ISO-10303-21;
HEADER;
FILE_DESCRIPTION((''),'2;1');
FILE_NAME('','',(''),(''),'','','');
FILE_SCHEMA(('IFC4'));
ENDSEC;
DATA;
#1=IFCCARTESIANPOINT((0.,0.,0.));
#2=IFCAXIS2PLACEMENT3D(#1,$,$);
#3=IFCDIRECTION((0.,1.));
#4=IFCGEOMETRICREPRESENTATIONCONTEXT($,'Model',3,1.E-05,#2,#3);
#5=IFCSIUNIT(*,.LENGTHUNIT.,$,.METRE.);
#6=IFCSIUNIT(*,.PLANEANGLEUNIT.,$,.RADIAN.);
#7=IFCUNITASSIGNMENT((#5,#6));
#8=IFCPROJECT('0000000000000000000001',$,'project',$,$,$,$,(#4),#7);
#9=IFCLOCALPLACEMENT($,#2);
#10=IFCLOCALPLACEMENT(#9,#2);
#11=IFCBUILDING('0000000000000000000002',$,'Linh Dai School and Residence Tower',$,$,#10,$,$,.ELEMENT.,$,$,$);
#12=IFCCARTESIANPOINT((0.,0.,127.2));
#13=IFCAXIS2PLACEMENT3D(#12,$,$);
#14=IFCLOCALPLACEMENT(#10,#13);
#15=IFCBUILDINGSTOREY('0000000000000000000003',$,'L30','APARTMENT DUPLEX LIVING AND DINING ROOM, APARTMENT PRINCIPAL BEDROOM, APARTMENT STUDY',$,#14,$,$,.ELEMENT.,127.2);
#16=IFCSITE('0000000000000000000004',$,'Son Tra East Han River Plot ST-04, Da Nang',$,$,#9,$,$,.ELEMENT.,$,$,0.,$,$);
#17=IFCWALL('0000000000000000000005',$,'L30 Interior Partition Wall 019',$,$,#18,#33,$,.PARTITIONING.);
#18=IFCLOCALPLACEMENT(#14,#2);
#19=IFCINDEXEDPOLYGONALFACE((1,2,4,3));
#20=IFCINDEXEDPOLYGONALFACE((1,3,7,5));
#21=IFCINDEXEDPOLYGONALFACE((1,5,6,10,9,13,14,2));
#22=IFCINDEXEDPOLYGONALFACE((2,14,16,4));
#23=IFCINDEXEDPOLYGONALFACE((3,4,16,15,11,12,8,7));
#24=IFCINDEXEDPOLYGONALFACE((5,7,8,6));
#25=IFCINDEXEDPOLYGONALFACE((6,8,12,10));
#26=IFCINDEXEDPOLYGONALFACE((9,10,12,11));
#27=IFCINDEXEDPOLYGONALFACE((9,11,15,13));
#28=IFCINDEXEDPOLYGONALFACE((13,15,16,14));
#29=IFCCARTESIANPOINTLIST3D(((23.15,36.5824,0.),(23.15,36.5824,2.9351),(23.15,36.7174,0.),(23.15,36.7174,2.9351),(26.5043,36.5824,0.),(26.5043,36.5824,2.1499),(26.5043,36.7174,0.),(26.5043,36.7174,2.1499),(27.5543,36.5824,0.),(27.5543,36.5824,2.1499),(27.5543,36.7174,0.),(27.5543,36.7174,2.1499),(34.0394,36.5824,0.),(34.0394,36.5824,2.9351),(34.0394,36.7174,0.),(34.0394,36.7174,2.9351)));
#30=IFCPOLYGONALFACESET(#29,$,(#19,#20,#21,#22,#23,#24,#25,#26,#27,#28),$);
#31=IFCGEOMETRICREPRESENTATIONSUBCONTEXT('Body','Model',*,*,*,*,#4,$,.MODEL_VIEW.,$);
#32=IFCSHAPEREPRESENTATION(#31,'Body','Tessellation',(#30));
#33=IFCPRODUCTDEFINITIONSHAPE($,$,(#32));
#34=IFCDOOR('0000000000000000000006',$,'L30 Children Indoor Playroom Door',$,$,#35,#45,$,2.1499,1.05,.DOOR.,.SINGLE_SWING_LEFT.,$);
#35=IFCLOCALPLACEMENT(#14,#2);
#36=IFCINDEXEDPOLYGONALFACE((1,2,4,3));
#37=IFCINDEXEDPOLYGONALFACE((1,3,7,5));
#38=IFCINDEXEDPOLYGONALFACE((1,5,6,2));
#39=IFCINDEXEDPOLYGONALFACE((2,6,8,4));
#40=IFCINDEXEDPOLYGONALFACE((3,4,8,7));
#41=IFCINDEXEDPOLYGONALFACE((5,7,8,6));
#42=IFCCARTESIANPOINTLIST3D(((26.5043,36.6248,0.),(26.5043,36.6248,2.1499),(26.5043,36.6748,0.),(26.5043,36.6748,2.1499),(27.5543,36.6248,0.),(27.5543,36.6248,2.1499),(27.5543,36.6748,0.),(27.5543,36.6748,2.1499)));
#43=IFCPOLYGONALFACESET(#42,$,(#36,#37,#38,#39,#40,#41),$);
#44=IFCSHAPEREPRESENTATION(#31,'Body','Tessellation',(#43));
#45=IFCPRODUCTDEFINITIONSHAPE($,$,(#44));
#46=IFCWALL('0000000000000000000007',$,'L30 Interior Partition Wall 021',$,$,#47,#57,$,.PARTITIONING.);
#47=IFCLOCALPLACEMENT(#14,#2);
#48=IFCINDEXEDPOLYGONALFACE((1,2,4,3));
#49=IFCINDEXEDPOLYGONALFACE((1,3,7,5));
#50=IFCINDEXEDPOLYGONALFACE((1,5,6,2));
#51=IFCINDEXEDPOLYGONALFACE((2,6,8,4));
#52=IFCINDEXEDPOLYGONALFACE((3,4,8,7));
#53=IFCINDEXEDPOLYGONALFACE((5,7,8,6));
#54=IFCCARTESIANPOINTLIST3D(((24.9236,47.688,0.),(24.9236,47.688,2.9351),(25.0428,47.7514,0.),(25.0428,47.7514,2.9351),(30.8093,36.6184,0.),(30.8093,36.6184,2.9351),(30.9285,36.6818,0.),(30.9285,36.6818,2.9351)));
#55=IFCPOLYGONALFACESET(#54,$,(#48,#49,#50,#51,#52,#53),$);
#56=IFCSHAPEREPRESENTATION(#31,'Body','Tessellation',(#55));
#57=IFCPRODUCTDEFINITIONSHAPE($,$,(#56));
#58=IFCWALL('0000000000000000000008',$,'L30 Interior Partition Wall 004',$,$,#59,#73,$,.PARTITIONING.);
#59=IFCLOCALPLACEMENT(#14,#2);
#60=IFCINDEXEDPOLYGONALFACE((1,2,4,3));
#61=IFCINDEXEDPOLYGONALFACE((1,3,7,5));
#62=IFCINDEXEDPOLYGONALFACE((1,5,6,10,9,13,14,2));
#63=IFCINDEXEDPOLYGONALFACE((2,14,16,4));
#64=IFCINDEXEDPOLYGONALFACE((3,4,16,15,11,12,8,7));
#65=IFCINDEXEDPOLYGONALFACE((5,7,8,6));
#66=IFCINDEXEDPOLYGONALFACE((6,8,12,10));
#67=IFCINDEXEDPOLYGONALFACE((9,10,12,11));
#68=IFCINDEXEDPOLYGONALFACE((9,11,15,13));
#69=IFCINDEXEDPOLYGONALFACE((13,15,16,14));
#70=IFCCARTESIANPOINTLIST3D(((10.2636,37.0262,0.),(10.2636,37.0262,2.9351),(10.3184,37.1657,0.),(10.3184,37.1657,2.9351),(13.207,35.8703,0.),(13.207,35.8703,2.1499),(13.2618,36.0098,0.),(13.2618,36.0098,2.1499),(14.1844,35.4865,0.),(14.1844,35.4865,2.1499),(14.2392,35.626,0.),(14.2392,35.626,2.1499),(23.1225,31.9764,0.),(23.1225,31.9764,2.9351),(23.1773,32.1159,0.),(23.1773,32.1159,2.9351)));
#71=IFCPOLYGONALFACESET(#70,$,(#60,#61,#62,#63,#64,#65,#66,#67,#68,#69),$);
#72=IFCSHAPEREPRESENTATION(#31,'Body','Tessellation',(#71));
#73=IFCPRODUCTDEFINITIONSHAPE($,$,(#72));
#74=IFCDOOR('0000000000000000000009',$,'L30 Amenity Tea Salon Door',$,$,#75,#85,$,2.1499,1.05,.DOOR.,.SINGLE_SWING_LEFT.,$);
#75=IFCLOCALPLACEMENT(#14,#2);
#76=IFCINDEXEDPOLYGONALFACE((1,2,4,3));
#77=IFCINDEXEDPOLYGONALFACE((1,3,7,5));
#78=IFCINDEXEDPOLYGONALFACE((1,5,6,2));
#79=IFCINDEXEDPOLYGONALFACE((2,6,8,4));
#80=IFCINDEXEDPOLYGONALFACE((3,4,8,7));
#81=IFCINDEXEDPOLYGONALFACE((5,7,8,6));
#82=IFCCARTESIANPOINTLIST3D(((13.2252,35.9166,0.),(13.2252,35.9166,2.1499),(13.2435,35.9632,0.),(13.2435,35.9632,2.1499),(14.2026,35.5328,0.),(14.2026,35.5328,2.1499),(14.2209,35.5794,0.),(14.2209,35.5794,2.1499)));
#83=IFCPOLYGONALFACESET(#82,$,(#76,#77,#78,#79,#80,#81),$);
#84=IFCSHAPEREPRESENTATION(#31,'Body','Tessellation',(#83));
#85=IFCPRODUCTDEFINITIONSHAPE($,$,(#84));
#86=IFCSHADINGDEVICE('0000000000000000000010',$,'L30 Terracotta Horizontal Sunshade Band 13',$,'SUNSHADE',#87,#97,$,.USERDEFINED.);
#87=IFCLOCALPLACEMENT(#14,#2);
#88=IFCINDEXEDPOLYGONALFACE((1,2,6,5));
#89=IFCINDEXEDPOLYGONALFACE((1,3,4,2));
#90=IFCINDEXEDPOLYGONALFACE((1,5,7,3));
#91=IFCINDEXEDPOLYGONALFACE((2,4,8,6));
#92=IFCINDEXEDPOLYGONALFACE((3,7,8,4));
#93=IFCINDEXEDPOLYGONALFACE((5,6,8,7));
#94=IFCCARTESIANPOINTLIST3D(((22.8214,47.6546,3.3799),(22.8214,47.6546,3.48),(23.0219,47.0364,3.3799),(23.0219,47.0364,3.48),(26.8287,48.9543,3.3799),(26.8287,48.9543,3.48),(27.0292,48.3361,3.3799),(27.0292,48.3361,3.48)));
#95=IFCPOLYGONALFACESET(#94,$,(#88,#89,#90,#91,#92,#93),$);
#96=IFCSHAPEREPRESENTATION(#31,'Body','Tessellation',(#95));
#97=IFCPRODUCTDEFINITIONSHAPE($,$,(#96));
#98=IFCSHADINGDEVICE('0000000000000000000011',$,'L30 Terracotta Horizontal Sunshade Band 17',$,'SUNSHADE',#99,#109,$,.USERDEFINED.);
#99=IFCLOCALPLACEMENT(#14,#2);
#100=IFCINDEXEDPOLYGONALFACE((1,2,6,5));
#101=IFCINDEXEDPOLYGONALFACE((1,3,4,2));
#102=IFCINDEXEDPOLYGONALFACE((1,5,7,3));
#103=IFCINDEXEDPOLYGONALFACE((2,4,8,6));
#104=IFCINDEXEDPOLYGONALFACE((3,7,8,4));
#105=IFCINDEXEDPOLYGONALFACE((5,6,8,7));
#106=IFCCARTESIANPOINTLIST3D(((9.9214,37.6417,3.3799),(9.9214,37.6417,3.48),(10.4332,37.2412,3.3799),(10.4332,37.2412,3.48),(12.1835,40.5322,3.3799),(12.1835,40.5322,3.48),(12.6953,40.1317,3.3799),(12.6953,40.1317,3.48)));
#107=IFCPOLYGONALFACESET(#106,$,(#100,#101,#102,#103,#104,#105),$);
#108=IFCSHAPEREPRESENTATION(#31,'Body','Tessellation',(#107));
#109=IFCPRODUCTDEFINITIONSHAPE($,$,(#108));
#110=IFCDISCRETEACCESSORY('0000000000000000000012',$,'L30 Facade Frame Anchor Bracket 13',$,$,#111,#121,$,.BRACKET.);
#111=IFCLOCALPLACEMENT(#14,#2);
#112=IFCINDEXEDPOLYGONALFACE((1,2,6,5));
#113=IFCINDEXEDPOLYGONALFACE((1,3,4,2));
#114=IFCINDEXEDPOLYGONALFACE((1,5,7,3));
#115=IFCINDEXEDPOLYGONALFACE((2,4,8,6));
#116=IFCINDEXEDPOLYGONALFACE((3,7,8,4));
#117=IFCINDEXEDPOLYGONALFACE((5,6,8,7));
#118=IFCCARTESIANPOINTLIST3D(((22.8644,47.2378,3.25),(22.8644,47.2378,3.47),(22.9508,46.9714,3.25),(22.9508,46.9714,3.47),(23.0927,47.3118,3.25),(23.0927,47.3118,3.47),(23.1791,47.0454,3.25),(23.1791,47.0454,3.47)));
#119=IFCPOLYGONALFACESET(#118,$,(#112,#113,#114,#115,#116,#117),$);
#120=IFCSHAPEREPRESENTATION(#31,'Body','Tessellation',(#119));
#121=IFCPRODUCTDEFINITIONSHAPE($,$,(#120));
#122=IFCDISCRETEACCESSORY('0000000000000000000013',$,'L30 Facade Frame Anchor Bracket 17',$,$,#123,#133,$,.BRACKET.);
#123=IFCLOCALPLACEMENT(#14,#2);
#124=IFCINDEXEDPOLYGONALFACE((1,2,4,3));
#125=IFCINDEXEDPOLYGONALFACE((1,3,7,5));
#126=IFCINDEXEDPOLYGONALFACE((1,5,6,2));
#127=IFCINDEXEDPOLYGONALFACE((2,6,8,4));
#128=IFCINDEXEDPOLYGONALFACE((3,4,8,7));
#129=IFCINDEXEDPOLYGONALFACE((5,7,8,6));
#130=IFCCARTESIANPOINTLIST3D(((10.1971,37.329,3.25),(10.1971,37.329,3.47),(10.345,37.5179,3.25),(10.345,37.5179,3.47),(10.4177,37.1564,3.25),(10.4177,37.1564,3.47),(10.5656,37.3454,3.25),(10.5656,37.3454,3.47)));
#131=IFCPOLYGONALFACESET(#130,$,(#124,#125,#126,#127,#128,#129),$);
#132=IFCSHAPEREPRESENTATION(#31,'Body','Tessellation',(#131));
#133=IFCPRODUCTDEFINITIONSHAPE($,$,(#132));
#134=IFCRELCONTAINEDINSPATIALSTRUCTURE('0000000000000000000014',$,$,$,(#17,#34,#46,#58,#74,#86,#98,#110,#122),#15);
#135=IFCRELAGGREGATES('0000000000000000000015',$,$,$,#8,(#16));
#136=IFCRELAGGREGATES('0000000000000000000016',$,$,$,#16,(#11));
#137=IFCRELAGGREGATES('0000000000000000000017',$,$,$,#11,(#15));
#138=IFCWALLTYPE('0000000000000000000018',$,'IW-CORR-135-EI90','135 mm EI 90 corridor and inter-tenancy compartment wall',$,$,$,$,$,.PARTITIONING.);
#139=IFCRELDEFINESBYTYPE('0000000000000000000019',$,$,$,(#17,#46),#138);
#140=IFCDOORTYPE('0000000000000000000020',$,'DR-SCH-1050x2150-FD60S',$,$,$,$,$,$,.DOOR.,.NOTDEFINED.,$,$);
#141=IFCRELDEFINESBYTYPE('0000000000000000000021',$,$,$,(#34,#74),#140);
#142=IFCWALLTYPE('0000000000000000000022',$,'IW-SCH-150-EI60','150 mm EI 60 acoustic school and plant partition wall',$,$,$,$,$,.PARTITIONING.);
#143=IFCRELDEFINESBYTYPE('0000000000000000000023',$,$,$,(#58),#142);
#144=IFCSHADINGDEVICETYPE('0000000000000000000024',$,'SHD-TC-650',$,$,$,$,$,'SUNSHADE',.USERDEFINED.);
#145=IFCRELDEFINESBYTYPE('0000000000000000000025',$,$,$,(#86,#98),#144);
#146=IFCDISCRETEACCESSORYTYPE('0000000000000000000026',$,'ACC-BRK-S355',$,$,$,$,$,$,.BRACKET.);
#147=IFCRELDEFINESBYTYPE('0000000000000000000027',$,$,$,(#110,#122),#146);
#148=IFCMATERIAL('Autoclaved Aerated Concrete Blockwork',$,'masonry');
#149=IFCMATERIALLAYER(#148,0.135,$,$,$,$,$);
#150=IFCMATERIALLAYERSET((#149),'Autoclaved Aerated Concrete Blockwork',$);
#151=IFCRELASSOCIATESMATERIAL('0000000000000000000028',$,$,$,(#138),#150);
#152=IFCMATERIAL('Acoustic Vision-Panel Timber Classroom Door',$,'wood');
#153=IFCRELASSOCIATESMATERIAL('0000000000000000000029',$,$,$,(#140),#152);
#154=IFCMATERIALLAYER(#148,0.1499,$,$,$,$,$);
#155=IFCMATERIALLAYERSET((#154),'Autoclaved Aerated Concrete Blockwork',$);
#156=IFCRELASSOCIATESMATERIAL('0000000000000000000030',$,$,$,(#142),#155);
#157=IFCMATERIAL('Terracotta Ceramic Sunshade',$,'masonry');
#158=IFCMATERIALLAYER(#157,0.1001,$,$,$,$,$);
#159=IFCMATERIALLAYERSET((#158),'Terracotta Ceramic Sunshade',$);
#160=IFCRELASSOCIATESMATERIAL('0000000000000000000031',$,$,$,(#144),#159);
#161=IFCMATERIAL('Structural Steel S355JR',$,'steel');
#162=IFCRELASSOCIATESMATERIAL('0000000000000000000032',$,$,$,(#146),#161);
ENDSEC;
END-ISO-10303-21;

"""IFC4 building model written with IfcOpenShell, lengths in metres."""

from ifc_helpers import new_model, si_unit, direction, frame, frame_2d, origin, origin_2d, place, context, subcontext, project, spatial, rectangle, extrude, source, transform, mapped, material, layer, layer_set, type_object, element, fill, save


model = new_model("IFC4")

# Units and contexts
model_context = context("Model", 3, precision=1e-05, world=origin(), true_north=direction((0.0, 1.0)))
body_context = subcontext(model_context, "Body", "Model", "MODEL_VIEW")
ifc_project = project(units=[si_unit("LENGTHUNIT", "METRE"), si_unit("PLANEANGLEUNIT", "RADIAN")], contexts=[model_context])

# Site, building, storey
site_placement = place(None, origin())
site = spatial("IfcSite", under=ifc_project, at=site_placement, Name="Son Tra East Han River Plot ST-04, Da Nang", CompositionType="ELEMENT", RefElevation=0.0)
building_placement = place(site_placement, origin())
building = spatial("IfcBuilding", under=site, at=building_placement, Name="Linh Dai School and Residence Tower", CompositionType="ELEMENT")
storey_placement = place(building_placement, frame((0.0, 0.0, 127.2)))
storey = spatial("IfcBuildingStorey", under=building, at=storey_placement, Name="L30", Description="APARTMENT DUPLEX LIVING AND DINING ROOM, APARTMENT PRINCIPAL BEDROOM, APARTMENT STUDY", CompositionType="ELEMENT", Elevation=127.2)

# Shared definitions
ifc_material_1 = material(Name="Structural Steel S355JR", Category="steel")

# Wall, opening, door
ifc_material_2 = material(Name="Autoclaved Aerated Concrete Blockwork", Category="masonry")
ifc_layer_1 = layer(ifc_material_2, 0.135)
ifc_layer_set_1 = layer_set([ifc_layer_1], Name="Autoclaved Aerated Concrete Blockwork")
wall_type_1 = type_object("IfcWallType", Name="IW-CORR-135-EI90", Description="135 mm EI 90 corridor and inter-tenancy compartment wall", PredefinedType="PARTITIONING", material=ifc_layer_set_1)
wall_1_placement = place(storey_placement, frame((23.1499, 36.6499, 0.0), z_axis=(0.0, 0.0, 1.0), x_axis=(1.0, 0.0, 0.0)))
wall_1 = element("IfcWall", 1, at=wall_1_placement, inside=storey, type_object=wall_type_1, Name="L30 Interior Partition Wall 019", PredefinedType="PARTITIONING", context=body_context, shape_type="SweptSolid", body=[
    extrude(rectangle(XDim=10.8894, YDim=0.135, at=frame_2d((5.4448, 0.0))), origin(), (0.0, 0.0, 1.0), 2.9351),
])
opening_1_placement = place(wall_1_placement, frame((3.3545, 0.0, 0.0)))
opening_1 = element("IfcOpeningElement", 2, at=opening_1_placement, cuts=wall_1, PredefinedType="OPENING", context=body_context, shape_type="SweptSolid", body=[
    extrude(rectangle(XDim=1.05, YDim=2.1499, at=origin_2d()), frame((0.5249, 0.0776, 1.075), z_axis=(0.0, -1.0, 0.0), x_axis=(1.0, 0.0, 0.0)), (0.0, 0.0, 1.0), 0.155),
])
ifc_material_3 = material(Name="Acoustic Vision-Panel Timber Classroom Door", Category="wood")
door_type = type_object("IfcDoorType", Name="DR-SCH-1050x2150-FD60S", OperationType="NOTDEFINED", PredefinedType="DOOR", material=ifc_material_3)
shared_shape_1 = source(origin(), body_context, "Body", "SweptSolid", [
    extrude(rectangle(XDim=1.05, YDim=2.1499, at=origin_2d()), frame((0.5249, 0.0249, 1.075), z_axis=(0.0, -1.0, 0.0), x_axis=(1.0, 0.0, 0.0)), (0.0, 0.0, 1.0), 0.05),
])
door_1_placement = place(opening_1_placement, origin())
door_1 = element("IfcDoor", 3, at=door_1_placement, inside=storey, type_object=door_type, Name="L30 Children Indoor Playroom Door", OperationType="SINGLE_SWING_LEFT", OverallHeight=2.1499, OverallWidth=1.05, PredefinedType="DOOR", context=body_context, shape_type="MappedRepresentation", body=[
    mapped(shared_shape_1, transform((0.0, 0.0, 0.0), x_axis=(1.0, 0.0, 0.0), y_axis=(0.0, 1.0, 0.0), z_axis=(0.0, 0.0, 1.0), scale=1.0)),
])
fill(opening_1, door_1)

# Wall
wall_2_placement = place(storey_placement, frame((24.9832, 47.7197, 0.0), z_axis=(0.0, 0.0, 1.0), x_axis=(0.469468, -0.88295, 0.0)))
element("IfcWall", 4, at=wall_2_placement, inside=storey, type_object=wall_type_1, Name="L30 Interior Partition Wall 021", PredefinedType="PARTITIONING", context=body_context, shape_type="SweptSolid", body=[
    extrude(rectangle(XDim=12.5371, YDim=0.135, at=frame_2d((6.2686, 0.0))), origin(), (0.0, 0.0, 1.0), 2.9351),
])

# Wall, opening, door
ifc_layer_2 = layer(ifc_material_2, 0.1499)
ifc_layer_set_2 = layer_set([ifc_layer_2], Name="Autoclaved Aerated Concrete Blockwork")
wall_type_2 = type_object("IfcWallType", Name="IW-SCH-150-EI60", Description="150 mm EI 60 acoustic school and plant partition wall", PredefinedType="PARTITIONING", material=ifc_layer_set_2)
wall_3_placement = place(storey_placement, frame((10.291, 37.0959, 0.0), z_axis=(0.0, 0.0, 1.0), x_axis=(0.930798, -0.365533, 0.0)))
wall_3 = element("IfcWall", 5, at=wall_3_placement, inside=storey, type_object=wall_type_2, Name="L30 Interior Partition Wall 004", PredefinedType="PARTITIONING", context=body_context, shape_type="SweptSolid", body=[
    extrude(rectangle(XDim=13.8149, YDim=0.1499, at=frame_2d((6.9075, 0.0))), origin(), (0.0, 0.0, 1.0), 2.9351),
])
opening_2_placement = place(wall_3_placement, frame((3.1624, 0.0, 0.0)))
opening_2 = element("IfcOpeningElement", 6, at=opening_2_placement, cuts=wall_3, PredefinedType="OPENING", context=body_context, shape_type="SweptSolid", body=[
    extrude(rectangle(XDim=1.05, YDim=2.1499, at=origin_2d()), frame((0.5249, 0.085, 1.075), z_axis=(0.0, -1.0, 0.0), x_axis=(1.0, 0.0, 0.0)), (0.0, 0.0, 1.0), 0.1699),
])
door_2_placement = place(opening_2_placement, origin())
door_2 = element("IfcDoor", 7, at=door_2_placement, inside=storey, type_object=door_type, Name="L30 Amenity Tea Salon Door", OperationType="SINGLE_SWING_LEFT", OverallHeight=2.1499, OverallWidth=1.05, PredefinedType="DOOR", context=body_context, shape_type="MappedRepresentation", body=[
    mapped(shared_shape_1, transform((0.0, 0.0, 0.0), x_axis=(1.0, 0.0, 0.0), y_axis=(0.0, 1.0, 0.0), z_axis=(0.0, 0.0, 1.0), scale=1.0)),
])
fill(opening_2, door_2)

# Shading devices
ifc_material_4 = material(Name="Terracotta Ceramic Sunshade", Category="masonry")
ifc_layer_3 = layer(ifc_material_4, 0.1001)
ifc_layer_set_3 = layer_set([ifc_layer_3], Name="Terracotta Ceramic Sunshade")
shading_device_type = type_object("IfcShadingDeviceType", Name="SHD-TC-650", ElementType="SUNSHADE", PredefinedType="USERDEFINED", material=ifc_layer_set_3)
shared_shape_2 = source(origin(), body_context, "Body", "SweptSolid", [
    extrude(rectangle(XDim=4.2129, YDim=0.6499, at=origin_2d()), origin(), (0.0, 0.0, 1.0), 0.1001),
])
shading_device_1_placement = place(storey_placement, frame((24.9253, 47.9954, 3.3799), z_axis=(0.0, 0.0, 1.0), x_axis=(0.951217, 0.308522, 0.0)))
element("IfcShadingDevice", 8, at=shading_device_1_placement, inside=storey, type_object=shading_device_type, Name="L30 Terracotta Horizontal Sunshade Band 13", ObjectType="SUNSHADE", PredefinedType="USERDEFINED", context=body_context, shape_type="MappedRepresentation", body=[
    mapped(shared_shape_2, transform((0.0, 0.0, 0.0), x_axis=(1.0, 0.0, 0.0), y_axis=(0.0, 1.0, 0.0), z_axis=(0.0, 0.0, 1.0), scale=1.0)),
])
shared_shape_3 = source(origin(), body_context, "Body", "SweptSolid", [
    extrude(rectangle(XDim=3.6704, YDim=0.6499, at=origin_2d()), origin(), (0.0, 0.0, 1.0), 0.1001),
])
shading_device_2_placement = place(storey_placement, frame((11.3083, 38.8867, 3.3799), z_axis=(0.0, 0.0, 1.0), x_axis=(0.616305, 0.787508, 0.0)))
element("IfcShadingDevice", 9, at=shading_device_2_placement, inside=storey, type_object=shading_device_type, Name="L30 Terracotta Horizontal Sunshade Band 17", ObjectType="SUNSHADE", PredefinedType="USERDEFINED", context=body_context, shape_type="MappedRepresentation", body=[
    mapped(shared_shape_3, transform((0.0, 0.0, 0.0), x_axis=(1.0, 0.0, 0.0), y_axis=(0.0, 1.0, 0.0), z_axis=(0.0, 0.0, 1.0), scale=1.0)),
])

# Discrete accessories
discrete_accessory_type = type_object("IfcDiscreteAccessoryType", Name="ACC-BRK-S355", PredefinedType="BRACKET", material=ifc_material_1)
shared_shape_4 = source(origin(), body_context, "Body", "SweptSolid", [
    extrude(rectangle(XDim=0.28, YDim=0.24, at=origin_2d()), origin(), (0.0, 0.0, 1.0), 0.22),
])
for number, where, z_axis, x_axis, name in (
    (10, (23.0217, 47.1416, 3.25), (0.0, 0.0, 1.0), (-0.308522, 0.951217, 0.0), "L30 Facade Frame Anchor Bracket 13"),
    (11, (10.3813, 37.3372, 3.25), (0.0, 0.0, 1.0), (-0.787508, 0.616305, 0.0), "L30 Facade Frame Anchor Bracket 17"),
):
    element("IfcDiscreteAccessory", number, at=place(storey_placement, frame(where, z_axis=z_axis, x_axis=x_axis)), inside=storey, type_object=discrete_accessory_type, Name=name, PredefinedType="BRACKET", context=body_context, shape_type="MappedRepresentation", body=[
        mapped(shared_shape_4, transform((0.0, 0.0, 0.0), x_axis=(1.0, 0.0, 0.0), y_axis=(0.0, 1.0, 0.0), z_axis=(0.0, 0.0, 1.0), scale=1.0)),
    ])

save(model, "model.ifc")
